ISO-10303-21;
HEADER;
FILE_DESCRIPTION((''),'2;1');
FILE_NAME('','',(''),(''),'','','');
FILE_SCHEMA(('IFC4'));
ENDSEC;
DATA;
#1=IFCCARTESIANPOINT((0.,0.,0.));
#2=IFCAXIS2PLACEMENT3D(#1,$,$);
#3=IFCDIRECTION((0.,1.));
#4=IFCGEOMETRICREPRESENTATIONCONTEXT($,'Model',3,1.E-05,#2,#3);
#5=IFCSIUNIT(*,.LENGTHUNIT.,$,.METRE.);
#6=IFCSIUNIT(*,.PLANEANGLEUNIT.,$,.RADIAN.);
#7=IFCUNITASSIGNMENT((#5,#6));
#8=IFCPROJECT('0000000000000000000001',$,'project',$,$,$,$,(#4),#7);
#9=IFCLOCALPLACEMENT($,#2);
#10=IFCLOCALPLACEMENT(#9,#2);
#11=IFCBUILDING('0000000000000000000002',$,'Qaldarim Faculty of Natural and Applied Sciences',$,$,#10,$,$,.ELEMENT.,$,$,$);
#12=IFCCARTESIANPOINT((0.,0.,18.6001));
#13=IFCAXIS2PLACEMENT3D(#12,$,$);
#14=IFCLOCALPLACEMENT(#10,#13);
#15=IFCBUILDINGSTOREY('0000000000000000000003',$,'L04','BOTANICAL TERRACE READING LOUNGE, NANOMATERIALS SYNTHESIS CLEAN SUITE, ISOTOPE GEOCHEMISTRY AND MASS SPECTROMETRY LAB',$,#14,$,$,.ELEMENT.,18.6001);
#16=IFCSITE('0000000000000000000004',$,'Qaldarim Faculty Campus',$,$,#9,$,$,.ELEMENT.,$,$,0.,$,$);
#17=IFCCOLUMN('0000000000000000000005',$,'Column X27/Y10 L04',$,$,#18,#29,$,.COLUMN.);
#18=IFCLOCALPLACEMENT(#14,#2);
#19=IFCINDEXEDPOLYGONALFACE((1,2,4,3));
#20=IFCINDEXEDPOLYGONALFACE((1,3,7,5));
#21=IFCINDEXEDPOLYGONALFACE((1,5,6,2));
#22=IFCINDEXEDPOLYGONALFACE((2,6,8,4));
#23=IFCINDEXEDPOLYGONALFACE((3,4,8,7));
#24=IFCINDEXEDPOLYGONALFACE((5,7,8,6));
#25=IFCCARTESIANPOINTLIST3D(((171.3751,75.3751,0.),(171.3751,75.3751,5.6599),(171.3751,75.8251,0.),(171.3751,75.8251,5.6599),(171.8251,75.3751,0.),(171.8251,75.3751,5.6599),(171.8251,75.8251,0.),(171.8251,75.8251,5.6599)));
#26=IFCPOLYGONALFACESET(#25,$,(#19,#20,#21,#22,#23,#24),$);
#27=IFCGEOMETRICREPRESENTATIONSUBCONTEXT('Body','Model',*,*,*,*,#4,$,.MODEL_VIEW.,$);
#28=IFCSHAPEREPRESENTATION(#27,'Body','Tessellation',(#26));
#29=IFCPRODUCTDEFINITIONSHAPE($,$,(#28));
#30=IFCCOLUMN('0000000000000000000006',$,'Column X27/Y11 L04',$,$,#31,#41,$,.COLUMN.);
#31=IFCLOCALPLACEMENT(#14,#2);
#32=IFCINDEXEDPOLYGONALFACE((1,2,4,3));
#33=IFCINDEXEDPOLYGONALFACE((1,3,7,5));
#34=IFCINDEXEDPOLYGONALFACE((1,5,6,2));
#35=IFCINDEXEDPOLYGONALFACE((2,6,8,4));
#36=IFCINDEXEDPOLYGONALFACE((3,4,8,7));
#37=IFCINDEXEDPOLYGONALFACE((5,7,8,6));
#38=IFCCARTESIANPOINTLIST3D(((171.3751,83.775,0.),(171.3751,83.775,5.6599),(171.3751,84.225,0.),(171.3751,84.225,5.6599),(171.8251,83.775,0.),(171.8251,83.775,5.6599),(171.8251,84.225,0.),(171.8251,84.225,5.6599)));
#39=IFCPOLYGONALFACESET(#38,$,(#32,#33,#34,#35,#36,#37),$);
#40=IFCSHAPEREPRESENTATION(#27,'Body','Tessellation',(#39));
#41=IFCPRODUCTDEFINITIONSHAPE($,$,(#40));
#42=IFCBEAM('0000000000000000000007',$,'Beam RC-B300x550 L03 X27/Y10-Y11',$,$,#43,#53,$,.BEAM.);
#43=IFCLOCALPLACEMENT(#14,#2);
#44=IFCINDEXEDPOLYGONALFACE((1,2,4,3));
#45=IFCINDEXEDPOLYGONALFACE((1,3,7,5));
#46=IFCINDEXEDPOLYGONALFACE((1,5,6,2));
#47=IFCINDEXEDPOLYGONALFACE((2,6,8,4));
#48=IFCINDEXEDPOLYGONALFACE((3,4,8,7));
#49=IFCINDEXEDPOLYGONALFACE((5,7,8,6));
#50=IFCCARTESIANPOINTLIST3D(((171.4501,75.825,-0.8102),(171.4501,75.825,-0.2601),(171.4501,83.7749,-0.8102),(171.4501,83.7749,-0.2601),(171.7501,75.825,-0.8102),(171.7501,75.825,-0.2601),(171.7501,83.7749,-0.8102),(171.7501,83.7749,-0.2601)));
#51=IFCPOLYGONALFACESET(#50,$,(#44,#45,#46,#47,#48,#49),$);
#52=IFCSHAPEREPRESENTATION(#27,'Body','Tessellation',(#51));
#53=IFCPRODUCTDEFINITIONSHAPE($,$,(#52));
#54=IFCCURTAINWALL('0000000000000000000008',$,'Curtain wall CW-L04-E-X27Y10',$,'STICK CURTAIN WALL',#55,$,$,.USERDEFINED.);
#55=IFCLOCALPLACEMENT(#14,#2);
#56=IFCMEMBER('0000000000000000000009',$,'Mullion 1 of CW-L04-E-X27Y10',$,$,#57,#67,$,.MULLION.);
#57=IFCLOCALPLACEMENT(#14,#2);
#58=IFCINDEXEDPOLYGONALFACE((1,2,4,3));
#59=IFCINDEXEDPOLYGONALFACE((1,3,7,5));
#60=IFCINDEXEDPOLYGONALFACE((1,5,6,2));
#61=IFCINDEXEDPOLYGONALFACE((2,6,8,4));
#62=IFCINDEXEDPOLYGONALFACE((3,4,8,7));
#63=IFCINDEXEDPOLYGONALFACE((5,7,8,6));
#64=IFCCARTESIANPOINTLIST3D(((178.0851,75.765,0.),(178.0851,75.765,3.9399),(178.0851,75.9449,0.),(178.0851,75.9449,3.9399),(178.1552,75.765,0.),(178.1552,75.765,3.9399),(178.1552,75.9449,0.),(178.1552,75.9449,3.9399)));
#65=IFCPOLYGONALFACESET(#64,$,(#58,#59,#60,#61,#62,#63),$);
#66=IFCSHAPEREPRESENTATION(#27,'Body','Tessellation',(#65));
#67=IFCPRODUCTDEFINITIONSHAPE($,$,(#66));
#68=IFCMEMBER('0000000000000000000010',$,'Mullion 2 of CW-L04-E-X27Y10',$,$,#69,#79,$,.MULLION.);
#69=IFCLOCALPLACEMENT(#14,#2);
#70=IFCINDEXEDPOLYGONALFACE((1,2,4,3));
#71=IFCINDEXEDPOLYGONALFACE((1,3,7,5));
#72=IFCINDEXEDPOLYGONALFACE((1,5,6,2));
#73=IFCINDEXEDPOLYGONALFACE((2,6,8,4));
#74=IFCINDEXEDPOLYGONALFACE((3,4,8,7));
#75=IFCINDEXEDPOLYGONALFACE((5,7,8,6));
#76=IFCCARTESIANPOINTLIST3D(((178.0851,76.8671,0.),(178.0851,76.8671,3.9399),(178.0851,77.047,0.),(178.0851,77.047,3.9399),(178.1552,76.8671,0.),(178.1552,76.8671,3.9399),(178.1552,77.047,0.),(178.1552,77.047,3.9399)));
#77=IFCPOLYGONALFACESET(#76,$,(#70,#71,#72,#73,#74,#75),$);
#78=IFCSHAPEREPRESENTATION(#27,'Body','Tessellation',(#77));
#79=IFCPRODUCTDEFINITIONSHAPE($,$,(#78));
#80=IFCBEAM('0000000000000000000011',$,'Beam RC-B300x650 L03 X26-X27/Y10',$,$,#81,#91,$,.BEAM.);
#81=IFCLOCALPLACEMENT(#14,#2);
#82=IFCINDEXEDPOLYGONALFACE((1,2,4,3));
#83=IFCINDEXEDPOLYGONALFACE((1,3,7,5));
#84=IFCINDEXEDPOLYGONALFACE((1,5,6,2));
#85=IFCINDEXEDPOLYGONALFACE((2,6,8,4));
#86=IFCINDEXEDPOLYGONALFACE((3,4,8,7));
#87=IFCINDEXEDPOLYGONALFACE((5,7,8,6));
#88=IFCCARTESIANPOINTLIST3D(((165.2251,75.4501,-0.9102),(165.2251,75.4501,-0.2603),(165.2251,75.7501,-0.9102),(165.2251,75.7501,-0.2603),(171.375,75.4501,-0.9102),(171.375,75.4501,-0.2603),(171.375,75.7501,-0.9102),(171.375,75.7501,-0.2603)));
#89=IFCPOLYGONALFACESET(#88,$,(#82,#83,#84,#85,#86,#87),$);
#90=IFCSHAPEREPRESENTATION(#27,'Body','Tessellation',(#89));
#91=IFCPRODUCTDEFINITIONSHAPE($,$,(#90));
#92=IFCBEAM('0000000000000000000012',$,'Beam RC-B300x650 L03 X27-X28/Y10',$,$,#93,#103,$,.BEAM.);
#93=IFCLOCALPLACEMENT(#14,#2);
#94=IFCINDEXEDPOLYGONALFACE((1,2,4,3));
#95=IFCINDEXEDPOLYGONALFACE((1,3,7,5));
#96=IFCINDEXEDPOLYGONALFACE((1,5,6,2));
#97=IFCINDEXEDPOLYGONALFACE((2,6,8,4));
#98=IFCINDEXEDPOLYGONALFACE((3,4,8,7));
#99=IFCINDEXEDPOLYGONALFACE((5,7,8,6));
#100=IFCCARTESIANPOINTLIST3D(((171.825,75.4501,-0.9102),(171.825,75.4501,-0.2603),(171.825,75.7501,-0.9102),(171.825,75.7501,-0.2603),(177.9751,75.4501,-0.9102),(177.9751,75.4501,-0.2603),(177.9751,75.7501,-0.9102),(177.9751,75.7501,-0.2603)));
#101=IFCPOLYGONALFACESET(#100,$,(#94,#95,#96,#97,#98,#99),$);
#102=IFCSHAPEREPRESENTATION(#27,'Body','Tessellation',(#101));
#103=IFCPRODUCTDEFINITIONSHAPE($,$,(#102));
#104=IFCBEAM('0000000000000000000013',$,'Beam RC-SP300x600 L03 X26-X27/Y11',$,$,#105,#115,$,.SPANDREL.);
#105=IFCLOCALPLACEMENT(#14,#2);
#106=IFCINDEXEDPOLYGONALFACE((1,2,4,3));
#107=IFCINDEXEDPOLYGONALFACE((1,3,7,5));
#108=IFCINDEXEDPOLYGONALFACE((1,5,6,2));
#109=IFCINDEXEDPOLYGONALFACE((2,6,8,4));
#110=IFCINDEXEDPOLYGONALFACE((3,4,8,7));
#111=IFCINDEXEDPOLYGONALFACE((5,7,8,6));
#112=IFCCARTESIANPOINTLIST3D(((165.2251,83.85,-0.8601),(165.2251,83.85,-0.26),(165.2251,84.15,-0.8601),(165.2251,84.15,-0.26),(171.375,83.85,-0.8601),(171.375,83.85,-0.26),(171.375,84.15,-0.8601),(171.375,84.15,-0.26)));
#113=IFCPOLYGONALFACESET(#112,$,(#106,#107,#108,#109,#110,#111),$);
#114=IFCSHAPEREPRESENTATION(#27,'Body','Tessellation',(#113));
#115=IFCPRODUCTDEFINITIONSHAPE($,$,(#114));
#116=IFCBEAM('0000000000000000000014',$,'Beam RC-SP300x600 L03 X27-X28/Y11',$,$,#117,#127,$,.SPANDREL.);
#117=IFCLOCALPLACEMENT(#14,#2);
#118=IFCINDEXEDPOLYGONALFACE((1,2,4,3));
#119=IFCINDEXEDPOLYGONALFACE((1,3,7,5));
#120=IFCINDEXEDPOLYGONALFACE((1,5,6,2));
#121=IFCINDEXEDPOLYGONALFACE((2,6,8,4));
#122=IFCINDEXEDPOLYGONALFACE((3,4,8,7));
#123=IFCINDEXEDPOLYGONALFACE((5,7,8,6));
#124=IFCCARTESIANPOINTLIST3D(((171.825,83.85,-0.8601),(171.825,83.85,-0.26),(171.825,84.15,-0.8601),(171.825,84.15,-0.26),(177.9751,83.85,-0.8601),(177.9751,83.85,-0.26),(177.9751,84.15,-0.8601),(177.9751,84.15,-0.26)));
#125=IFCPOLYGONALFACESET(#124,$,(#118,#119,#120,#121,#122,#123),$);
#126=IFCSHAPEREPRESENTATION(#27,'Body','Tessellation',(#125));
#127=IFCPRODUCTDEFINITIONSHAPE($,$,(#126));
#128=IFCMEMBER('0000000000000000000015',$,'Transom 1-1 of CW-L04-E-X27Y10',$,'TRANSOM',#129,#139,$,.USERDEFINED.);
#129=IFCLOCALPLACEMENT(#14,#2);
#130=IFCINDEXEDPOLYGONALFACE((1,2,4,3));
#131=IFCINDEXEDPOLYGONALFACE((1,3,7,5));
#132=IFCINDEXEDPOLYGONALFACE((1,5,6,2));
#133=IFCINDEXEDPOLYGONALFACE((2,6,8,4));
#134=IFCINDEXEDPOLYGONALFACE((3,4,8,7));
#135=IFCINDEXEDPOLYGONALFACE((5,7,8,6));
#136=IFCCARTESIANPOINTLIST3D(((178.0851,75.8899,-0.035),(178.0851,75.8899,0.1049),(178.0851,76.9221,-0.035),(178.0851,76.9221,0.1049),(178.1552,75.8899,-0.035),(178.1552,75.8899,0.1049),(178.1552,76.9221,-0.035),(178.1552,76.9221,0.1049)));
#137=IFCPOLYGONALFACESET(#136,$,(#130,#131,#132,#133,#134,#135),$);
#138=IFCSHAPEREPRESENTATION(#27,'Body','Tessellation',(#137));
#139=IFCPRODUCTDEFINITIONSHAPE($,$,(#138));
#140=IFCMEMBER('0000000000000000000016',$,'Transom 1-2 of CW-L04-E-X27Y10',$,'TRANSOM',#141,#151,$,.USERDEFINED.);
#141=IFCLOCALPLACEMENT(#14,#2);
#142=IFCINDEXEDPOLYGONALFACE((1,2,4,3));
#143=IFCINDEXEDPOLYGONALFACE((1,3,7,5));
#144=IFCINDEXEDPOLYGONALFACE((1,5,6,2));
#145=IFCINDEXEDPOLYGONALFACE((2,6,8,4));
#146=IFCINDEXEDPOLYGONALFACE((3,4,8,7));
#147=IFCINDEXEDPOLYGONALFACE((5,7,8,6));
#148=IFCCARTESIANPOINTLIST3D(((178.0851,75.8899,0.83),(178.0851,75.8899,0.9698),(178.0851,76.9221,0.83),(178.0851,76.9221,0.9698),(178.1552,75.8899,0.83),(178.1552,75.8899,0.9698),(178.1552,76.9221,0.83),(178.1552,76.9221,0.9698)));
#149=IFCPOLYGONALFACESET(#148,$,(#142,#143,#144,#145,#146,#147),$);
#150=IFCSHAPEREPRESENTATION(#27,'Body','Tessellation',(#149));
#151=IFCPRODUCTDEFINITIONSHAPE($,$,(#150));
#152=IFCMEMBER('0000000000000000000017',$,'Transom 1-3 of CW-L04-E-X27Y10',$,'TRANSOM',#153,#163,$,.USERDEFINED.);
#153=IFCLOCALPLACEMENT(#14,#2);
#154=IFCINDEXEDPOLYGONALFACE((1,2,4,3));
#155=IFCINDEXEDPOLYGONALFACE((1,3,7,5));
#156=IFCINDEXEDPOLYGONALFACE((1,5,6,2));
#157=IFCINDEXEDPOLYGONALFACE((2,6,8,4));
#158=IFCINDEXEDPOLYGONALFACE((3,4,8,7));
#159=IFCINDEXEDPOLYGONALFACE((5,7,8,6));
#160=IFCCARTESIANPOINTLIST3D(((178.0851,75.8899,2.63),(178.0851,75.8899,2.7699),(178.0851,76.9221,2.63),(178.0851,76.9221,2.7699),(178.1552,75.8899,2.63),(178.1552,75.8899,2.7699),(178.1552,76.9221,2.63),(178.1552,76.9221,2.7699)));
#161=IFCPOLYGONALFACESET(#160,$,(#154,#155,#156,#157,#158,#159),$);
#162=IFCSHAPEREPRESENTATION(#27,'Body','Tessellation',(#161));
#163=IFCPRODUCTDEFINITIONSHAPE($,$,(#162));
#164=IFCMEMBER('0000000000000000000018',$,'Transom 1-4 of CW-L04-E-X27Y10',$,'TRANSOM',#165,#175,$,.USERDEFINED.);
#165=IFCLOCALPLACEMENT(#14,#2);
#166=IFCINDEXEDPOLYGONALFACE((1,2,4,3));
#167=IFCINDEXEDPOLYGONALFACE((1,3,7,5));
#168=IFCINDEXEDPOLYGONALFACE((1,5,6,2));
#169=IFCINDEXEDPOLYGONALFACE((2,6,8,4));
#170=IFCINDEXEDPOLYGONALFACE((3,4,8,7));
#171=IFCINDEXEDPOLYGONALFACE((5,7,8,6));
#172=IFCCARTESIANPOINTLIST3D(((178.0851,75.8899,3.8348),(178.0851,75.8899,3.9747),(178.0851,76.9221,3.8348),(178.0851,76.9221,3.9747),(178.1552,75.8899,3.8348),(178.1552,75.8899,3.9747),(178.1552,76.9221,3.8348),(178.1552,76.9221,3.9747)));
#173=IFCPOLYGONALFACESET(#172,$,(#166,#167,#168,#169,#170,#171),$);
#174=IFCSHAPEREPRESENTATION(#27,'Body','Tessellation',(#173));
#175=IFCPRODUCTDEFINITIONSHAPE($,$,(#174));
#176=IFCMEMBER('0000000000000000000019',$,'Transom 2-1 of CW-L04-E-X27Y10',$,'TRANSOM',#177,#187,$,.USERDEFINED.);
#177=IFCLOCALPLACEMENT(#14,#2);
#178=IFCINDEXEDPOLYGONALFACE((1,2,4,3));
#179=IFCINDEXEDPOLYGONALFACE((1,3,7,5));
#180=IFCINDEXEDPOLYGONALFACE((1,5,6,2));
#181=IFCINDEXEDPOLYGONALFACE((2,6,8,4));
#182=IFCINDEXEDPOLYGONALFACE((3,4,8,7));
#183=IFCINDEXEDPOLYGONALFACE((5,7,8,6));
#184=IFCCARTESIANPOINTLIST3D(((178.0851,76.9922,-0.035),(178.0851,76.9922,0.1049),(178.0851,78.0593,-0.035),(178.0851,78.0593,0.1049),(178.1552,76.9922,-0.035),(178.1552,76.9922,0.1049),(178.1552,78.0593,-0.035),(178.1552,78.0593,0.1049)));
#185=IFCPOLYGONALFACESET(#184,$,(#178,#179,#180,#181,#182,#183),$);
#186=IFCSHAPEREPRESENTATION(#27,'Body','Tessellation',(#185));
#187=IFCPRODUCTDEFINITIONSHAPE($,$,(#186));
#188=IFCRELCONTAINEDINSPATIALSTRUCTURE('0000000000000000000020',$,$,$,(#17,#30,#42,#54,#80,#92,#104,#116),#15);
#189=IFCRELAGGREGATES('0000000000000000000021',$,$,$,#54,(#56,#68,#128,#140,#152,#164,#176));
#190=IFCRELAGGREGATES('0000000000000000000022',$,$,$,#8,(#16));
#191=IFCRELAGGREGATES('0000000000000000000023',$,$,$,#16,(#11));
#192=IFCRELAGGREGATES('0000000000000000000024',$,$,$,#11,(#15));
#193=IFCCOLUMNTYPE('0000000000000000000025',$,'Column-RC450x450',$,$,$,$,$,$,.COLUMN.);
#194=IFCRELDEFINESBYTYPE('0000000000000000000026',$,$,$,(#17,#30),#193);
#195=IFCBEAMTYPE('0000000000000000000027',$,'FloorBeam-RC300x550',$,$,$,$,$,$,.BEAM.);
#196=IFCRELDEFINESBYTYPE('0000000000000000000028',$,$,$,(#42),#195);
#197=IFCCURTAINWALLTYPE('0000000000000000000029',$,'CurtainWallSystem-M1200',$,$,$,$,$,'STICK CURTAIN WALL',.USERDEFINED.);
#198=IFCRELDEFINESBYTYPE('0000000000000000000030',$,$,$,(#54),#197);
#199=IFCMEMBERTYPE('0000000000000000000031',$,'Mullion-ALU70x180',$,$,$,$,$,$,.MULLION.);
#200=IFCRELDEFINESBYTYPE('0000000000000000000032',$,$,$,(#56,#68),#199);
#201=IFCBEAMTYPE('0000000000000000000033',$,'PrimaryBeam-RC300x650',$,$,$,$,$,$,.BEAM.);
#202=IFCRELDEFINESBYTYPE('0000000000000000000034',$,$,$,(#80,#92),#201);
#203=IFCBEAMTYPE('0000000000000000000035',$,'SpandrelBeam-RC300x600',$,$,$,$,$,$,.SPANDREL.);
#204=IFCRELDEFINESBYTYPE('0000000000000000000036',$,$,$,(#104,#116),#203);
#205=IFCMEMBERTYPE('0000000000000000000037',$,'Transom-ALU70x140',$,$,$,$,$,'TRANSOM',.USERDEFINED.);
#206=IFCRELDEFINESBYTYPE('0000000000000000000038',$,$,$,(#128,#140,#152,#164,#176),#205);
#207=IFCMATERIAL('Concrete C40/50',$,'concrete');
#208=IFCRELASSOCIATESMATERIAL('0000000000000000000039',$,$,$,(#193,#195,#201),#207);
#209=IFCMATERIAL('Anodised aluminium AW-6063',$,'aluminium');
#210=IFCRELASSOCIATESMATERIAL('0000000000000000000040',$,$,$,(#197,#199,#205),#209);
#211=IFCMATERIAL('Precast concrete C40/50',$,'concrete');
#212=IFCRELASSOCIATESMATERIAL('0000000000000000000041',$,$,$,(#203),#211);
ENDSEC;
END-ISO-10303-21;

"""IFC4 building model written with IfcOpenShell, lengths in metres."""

from ifc_helpers import new_model, si_unit, direction, frame, origin, origin_2d, place, context, subcontext, project, spatial, rectangle, extrude, material, material_profile, profile_set, type_object, element, aggregate, save


model = new_model("IFC4")

# Units and contexts
model_context = context("Model", 3, precision=1e-05, world=origin(), true_north=direction((0.0, 1.0)))
body_context = subcontext(model_context, "Body", "Model", "MODEL_VIEW")
ifc_project = project(units=[si_unit("LENGTHUNIT", "METRE"), si_unit("PLANEANGLEUNIT", "RADIAN")], contexts=[model_context])

# Site, building, storey
site_placement = place(None, origin())
site = spatial("IfcSite", under=ifc_project, at=site_placement, Name="Qaldarim Faculty Campus", CompositionType="ELEMENT", RefElevation=0.0)
building_placement = place(site_placement, origin())
building = spatial("IfcBuilding", under=site, at=building_placement, Name="Qaldarim Faculty of Natural and Applied Sciences", CompositionType="ELEMENT")
storey_placement = place(building_placement, frame((0.0, 0.0, 18.6001)))
storey = spatial("IfcBuildingStorey", under=building, at=storey_placement, Name="L04", Description="BOTANICAL TERRACE READING LOUNGE, NANOMATERIALS SYNTHESIS CLEAN SUITE, ISOTOPE GEOCHEMISTRY AND MASS SPECTROMETRY LAB", CompositionType="ELEMENT", Elevation=18.6001)

# Columns
ifc_material_1 = material(Name="Concrete C40/50", Category="concrete")
ifc_material_profile_1 = material_profile(ifc_material_1, rectangle(XDim=0.45, YDim=0.45, at=origin_2d()), Name="RC-C450x450")
ifc_profile_set_1 = profile_set([ifc_material_profile_1], Name="Concrete C40/50")
column_type = type_object("IfcColumnType", Name="Column-RC450x450", PredefinedType="COLUMN", material=ifc_profile_set_1)
for number, where, z_axis, x_axis, name in (
    (1, (171.6001, 75.6001, 0.0), (0.0, 0.0, 1.0), (1.0, 0.0, 0.0), "Column X27/Y10 L04"),
    (2, (171.6001, 84.0, 0.0), (0.0, 0.0, 1.0), (1.0, 0.0, 0.0), "Column X27/Y11 L04"),
):
    element("IfcColumn", number, at=place(storey_placement, frame(where, z_axis=z_axis, x_axis=x_axis)), inside=storey, type_object=column_type, Name=name, PredefinedType="COLUMN", context=body_context, shape_type="SweptSolid", body=[
        extrude(rectangle(XDim=0.45, YDim=0.45, at=origin_2d()), origin(), (0.0, 0.0, 1.0), 5.6599),
    ])

# Beam
ifc_material_profile_2 = material_profile(ifc_material_1, rectangle(XDim=0.3, YDim=0.55, at=origin_2d()), Name="RC-B300x550")
ifc_profile_set_2 = profile_set([ifc_material_profile_2], Name="Concrete C40/50")
beam_type_1 = type_object("IfcBeamType", Name="FloorBeam-RC300x550", PredefinedType="BEAM", material=ifc_profile_set_2)
beam_1_placement = place(storey_placement, frame((171.6001, 75.825, -0.5352), z_axis=(0.0, 1.0, 0.0), x_axis=(-1.0, 0.0, 0.0)))
element("IfcBeam", 3, at=beam_1_placement, inside=storey, type_object=beam_type_1, Name="Beam RC-B300x550 L03 X27/Y10-Y11", PredefinedType="BEAM", context=body_context, shape_type="SweptSolid", body=[
    extrude(rectangle(XDim=0.3, YDim=0.55, at=origin_2d()), origin(), (0.0, 0.0, 1.0), 7.95),
])

# Curtain wall, members
ifc_material_2 = material(Name="Anodised aluminium AW-6063", Category="aluminium")
curtain_wall_type = type_object("IfcCurtainWallType", Name="CurtainWallSystem-M1200", ElementType="STICK CURTAIN WALL", PredefinedType="USERDEFINED", material=ifc_material_2)
curtain_wall_placement = place(storey_placement, origin())
curtain_wall = element("IfcCurtainWall", 4, at=curtain_wall_placement, inside=storey, type_object=curtain_wall_type, Name="Curtain wall CW-L04-E-X27Y10", ObjectType="STICK CURTAIN WALL", PredefinedType="USERDEFINED")
ifc_material_profile_3 = material_profile(ifc_material_2, rectangle(XDim=0.0701, YDim=0.1799, at=origin_2d()), Name="ALU-M70x180")
ifc_profile_set_3 = profile_set([ifc_material_profile_3], Name="Anodised aluminium AW-6063")
member_type_1 = type_object("IfcMemberType", Name="Mullion-ALU70x180", PredefinedType="MULLION", material=ifc_profile_set_3)
member_1_placement = place(storey_placement, frame((178.1201, 75.855, 0.0), z_axis=(0.0, 0.0, 1.0), x_axis=(-1.0, 0.0, 0.0)))
member_1 = element("IfcMember", 5, at=member_1_placement, type_object=member_type_1, Name="Mullion 1 of CW-L04-E-X27Y10", PredefinedType="MULLION", context=body_context, shape_type="SweptSolid", body=[
    extrude(rectangle(XDim=0.0701, YDim=0.1799, at=origin_2d()), origin(), (0.0, 0.0, 1.0), 3.9399),
])
member_2_placement = place(storey_placement, frame((178.1201, 76.957, 0.0), z_axis=(0.0, 0.0, 1.0), x_axis=(-1.0, 0.0, 0.0)))
member_2 = element("IfcMember", 6, at=member_2_placement, type_object=member_type_1, Name="Mullion 2 of CW-L04-E-X27Y10", PredefinedType="MULLION", context=body_context, shape_type="SweptSolid", body=[
    extrude(rectangle(XDim=0.0701, YDim=0.1799, at=origin_2d()), origin(), (0.0, 0.0, 1.0), 3.9399),
])

# Beams
ifc_material_profile_4 = material_profile(ifc_material_1, rectangle(XDim=0.3, YDim=0.6499, at=origin_2d()), Name="RC-B300x650")
ifc_profile_set_4 = profile_set([ifc_material_profile_4], Name="Concrete C40/50")
beam_type_2 = type_object("IfcBeamType", Name="PrimaryBeam-RC300x650", PredefinedType="BEAM", material=ifc_profile_set_4)
beam_2_placement = place(storey_placement, frame((165.2251, 75.6001, -0.5852), z_axis=(1.0, 0.0, 0.0), x_axis=(0.0, 1.0, 0.0)))
element("IfcBeam", 7, at=beam_2_placement, inside=storey, type_object=beam_type_2, Name="Beam RC-B300x650 L03 X26-X27/Y10", PredefinedType="BEAM", context=body_context, shape_type="SweptSolid", body=[
    extrude(rectangle(XDim=0.3, YDim=0.6499, at=origin_2d()), origin(), (0.0, 0.0, 1.0), 6.1499),
])
beam_3_placement = place(storey_placement, frame((171.825, 75.6001, -0.5852), z_axis=(1.0, 0.0, 0.0), x_axis=(0.0, 1.0, 0.0)))
element("IfcBeam", 8, at=beam_3_placement, inside=storey, type_object=beam_type_2, Name="Beam RC-B300x650 L03 X27-X28/Y10", PredefinedType="BEAM", context=body_context, shape_type="SweptSolid", body=[
    extrude(rectangle(XDim=0.3, YDim=0.6499, at=origin_2d()), origin(), (0.0, 0.0, 1.0), 6.1501),
])
ifc_material_3 = material(Name="Precast concrete C40/50", Category="concrete")
ifc_material_profile_5 = material_profile(ifc_material_3, rectangle(XDim=0.3, YDim=0.6001, at=origin_2d()), Name="RC-SP300x600")
ifc_profile_set_5 = profile_set([ifc_material_profile_5], Name="Precast concrete C40/50")
beam_type_3 = type_object("IfcBeamType", Name="SpandrelBeam-RC300x600", PredefinedType="SPANDREL", material=ifc_profile_set_5)
beam_4_placement = place(storey_placement, frame((165.2251, 84.0, -0.5601), z_axis=(1.0, 0.0, 0.0), x_axis=(0.0, 1.0, 0.0)))
element("IfcBeam", 9, at=beam_4_placement, inside=storey, type_object=beam_type_3, Name="Beam RC-SP300x600 L03 X26-X27/Y11", PredefinedType="SPANDREL", context=body_context, shape_type="SweptSolid", body=[
    extrude(rectangle(XDim=0.3, YDim=0.6001, at=origin_2d()), origin(), (0.0, 0.0, 1.0), 6.1499),
])
beam_5_placement = place(storey_placement, frame((171.825, 84.0, -0.5601), z_axis=(1.0, 0.0, 0.0), x_axis=(0.0, 1.0, 0.0)))
element("IfcBeam", 10, at=beam_5_placement, inside=storey, type_object=beam_type_3, Name="Beam RC-SP300x600 L03 X27-X28/Y11", PredefinedType="SPANDREL", context=body_context, shape_type="SweptSolid", body=[
    extrude(rectangle(XDim=0.3, YDim=0.6001, at=origin_2d()), origin(), (0.0, 0.0, 1.0), 6.1501),
])

# Members
ifc_material_profile_6 = material_profile(ifc_material_2, rectangle(XDim=0.0701, YDim=0.1399, at=origin_2d()), Name="ALU-T70x140")
ifc_profile_set_6 = profile_set([ifc_material_profile_6], Name="Anodised aluminium AW-6063")
member_type_2 = type_object("IfcMemberType", Name="Transom-ALU70x140", ElementType="TRANSOM", PredefinedType="USERDEFINED", material=ifc_profile_set_6)
member_3_placement = place(storey_placement, frame((178.1201, 75.8899, 0.0349), z_axis=(0.0, 1.0, 0.0), x_axis=(-1.0, 0.0, 0.0)))
member_3 = element("IfcMember", 11, at=member_3_placement, type_object=member_type_2, Name="Transom 1-1 of CW-L04-E-X27Y10", ObjectType="TRANSOM", PredefinedType="USERDEFINED", context=body_context, shape_type="SweptSolid", body=[
    extrude(rectangle(XDim=0.0701, YDim=0.1399, at=origin_2d()), origin(), (0.0, 0.0, 1.0), 1.0322),
])
member_4_placement = place(storey_placement, frame((178.1201, 75.8899, 0.8999), z_axis=(0.0, 1.0, 0.0), x_axis=(-1.0, 0.0, 0.0)))
member_4 = element("IfcMember", 12, at=member_4_placement, type_object=member_type_2, Name="Transom 1-2 of CW-L04-E-X27Y10", ObjectType="TRANSOM", PredefinedType="USERDEFINED", context=body_context, shape_type="SweptSolid", body=[
    extrude(rectangle(XDim=0.0701, YDim=0.1399, at=origin_2d()), origin(), (0.0, 0.0, 1.0), 1.0322),
])
member_5_placement = place(storey_placement, frame((178.1201, 75.8899, 2.7), z_axis=(0.0, 1.0, 0.0), x_axis=(-1.0, 0.0, 0.0)))
member_5 = element("IfcMember", 13, at=member_5_placement, type_object=member_type_2, Name="Transom 1-3 of CW-L04-E-X27Y10", ObjectType="TRANSOM", PredefinedType="USERDEFINED", context=body_context, shape_type="SweptSolid", body=[
    extrude(rectangle(XDim=0.0701, YDim=0.1399, at=origin_2d()), origin(), (0.0, 0.0, 1.0), 1.0322),
])
member_6_placement = place(storey_placement, frame((178.1201, 75.8899, 3.9048), z_axis=(0.0, 1.0, 0.0), x_axis=(-1.0, 0.0, 0.0)))
member_6 = element("IfcMember", 14, at=member_6_placement, type_object=member_type_2, Name="Transom 1-4 of CW-L04-E-X27Y10", ObjectType="TRANSOM", PredefinedType="USERDEFINED", context=body_context, shape_type="SweptSolid", body=[
    extrude(rectangle(XDim=0.0701, YDim=0.1399, at=origin_2d()), origin(), (0.0, 0.0, 1.0), 1.0322),
])
member_7_placement = place(storey_placement, frame((178.1201, 76.9922, 0.0349), z_axis=(0.0, 1.0, 0.0), x_axis=(-1.0, 0.0, 0.0)))
member_7 = element("IfcMember", 15, at=member_7_placement, type_object=member_type_2, Name="Transom 2-1 of CW-L04-E-X27Y10", ObjectType="TRANSOM", PredefinedType="USERDEFINED", context=body_context, shape_type="SweptSolid", body=[
    extrude(rectangle(XDim=0.0701, YDim=0.1399, at=origin_2d()), origin(), (0.0, 0.0, 1.0), 1.0671),
])

aggregate(curtain_wall, [member_1, member_2, member_3, member_4, member_5, member_6, member_7])

save(model, "model.ifc")
